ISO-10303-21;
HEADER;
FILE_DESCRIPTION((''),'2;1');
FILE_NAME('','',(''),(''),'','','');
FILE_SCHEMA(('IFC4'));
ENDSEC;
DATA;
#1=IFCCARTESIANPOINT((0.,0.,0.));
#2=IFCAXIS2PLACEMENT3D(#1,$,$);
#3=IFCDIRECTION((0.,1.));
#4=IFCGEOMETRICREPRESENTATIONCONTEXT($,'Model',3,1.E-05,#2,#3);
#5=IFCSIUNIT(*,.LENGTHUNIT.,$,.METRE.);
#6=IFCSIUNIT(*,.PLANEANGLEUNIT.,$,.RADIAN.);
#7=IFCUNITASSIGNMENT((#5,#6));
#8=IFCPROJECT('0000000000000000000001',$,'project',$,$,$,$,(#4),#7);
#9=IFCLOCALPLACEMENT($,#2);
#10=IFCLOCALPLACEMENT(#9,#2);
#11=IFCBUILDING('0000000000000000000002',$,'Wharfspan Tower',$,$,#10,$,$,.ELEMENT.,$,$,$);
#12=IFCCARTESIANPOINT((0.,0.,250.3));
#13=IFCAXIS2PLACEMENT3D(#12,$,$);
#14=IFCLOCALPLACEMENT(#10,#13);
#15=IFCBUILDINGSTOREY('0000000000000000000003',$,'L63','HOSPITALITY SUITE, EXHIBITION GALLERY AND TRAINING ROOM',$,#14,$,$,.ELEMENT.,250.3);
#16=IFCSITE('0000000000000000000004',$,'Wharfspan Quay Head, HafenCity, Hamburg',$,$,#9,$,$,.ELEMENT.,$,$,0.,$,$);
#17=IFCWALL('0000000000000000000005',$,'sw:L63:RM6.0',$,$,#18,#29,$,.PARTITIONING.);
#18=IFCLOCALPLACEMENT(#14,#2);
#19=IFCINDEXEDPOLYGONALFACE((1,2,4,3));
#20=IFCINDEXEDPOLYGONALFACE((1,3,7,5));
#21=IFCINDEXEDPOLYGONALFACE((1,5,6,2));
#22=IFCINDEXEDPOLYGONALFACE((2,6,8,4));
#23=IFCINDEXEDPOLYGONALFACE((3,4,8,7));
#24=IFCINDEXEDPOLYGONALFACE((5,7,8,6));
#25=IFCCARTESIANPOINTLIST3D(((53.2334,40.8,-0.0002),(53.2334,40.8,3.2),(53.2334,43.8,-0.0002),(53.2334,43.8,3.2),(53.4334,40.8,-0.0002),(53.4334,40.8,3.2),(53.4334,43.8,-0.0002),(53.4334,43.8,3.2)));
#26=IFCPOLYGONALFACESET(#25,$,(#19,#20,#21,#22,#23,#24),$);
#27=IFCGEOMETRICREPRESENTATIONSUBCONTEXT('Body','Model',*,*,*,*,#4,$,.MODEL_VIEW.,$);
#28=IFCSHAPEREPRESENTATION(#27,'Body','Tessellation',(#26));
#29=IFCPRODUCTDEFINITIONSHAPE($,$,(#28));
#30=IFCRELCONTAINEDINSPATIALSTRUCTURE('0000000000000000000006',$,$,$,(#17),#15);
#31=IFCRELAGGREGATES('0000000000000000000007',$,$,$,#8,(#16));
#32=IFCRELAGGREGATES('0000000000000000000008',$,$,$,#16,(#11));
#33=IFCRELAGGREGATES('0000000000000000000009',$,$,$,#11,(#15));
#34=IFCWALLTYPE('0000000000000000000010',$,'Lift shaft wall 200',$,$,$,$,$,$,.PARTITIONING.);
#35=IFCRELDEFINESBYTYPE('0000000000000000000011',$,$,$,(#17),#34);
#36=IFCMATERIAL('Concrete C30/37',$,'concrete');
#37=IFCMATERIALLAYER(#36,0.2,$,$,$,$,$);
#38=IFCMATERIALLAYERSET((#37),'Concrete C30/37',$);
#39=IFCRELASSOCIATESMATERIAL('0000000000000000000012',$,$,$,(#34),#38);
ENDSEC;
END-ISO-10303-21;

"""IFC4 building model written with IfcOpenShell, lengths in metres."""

from ifc_helpers import new_model, si_unit, direction, frame, origin, place, context, subcontext, project, spatial, polyline, outline, extrude, material, layer, layer_set, type_object, element, save


model = new_model("IFC4")

# Units and contexts
model_context = context("Model", 3, precision=1e-05, world=origin(), true_north=direction((0.0, 1.0)))
body_context = subcontext(model_context, "Body", "Model", "MODEL_VIEW")
ifc_project = project(units=[si_unit("LENGTHUNIT", "METRE"), si_unit("PLANEANGLEUNIT", "RADIAN")], contexts=[model_context])

# Site, building, storey
site_placement = place(None, origin())
site = spatial("IfcSite", under=ifc_project, at=site_placement, Name="Wharfspan Quay Head, HafenCity, Hamburg", CompositionType="ELEMENT", RefElevation=0.0)
building_placement = place(site_placement, origin())
building = spatial("IfcBuilding", under=site, at=building_placement, Name="Wharfspan Tower", CompositionType="ELEMENT")
storey_placement = place(building_placement, frame((0.0, 0.0, 250.3)))
storey = spatial("IfcBuildingStorey", under=building, at=storey_placement, Name="L63", Description="HOSPITALITY SUITE, EXHIBITION GALLERY AND TRAINING ROOM", CompositionType="ELEMENT", Elevation=250.3)

# Wall
ifc_material_1 = material(Name="Concrete C30/37", Category="concrete")
ifc_layer_1 = layer(ifc_material_1, 0.2)
ifc_layer_set_1 = layer_set([ifc_layer_1], Name="Concrete C30/37")
wall_type_1 = type_object("IfcWallType", Name="Lift shaft wall 200", PredefinedType="PARTITIONING", material=ifc_layer_set_1)
wall_1_placement = place(storey_placement, frame((0.0, 0.0, -0.0002)))
element("IfcWall", 1, at=wall_1_placement, inside=storey, type_object=wall_type_1, Name="sw:L63:RM6.0", PredefinedType="PARTITIONING", context=body_context, shape_type="SweptSolid", body=[
    extrude(outline(polyline([(53.4333, 40.8), (53.4333, 43.8), (53.2334, 43.8), (53.2334, 40.8), (53.4333, 40.8)])), origin(), (0.0, 0.0, 1.0), 3.2002),
])

save(model, "model.ifc")
